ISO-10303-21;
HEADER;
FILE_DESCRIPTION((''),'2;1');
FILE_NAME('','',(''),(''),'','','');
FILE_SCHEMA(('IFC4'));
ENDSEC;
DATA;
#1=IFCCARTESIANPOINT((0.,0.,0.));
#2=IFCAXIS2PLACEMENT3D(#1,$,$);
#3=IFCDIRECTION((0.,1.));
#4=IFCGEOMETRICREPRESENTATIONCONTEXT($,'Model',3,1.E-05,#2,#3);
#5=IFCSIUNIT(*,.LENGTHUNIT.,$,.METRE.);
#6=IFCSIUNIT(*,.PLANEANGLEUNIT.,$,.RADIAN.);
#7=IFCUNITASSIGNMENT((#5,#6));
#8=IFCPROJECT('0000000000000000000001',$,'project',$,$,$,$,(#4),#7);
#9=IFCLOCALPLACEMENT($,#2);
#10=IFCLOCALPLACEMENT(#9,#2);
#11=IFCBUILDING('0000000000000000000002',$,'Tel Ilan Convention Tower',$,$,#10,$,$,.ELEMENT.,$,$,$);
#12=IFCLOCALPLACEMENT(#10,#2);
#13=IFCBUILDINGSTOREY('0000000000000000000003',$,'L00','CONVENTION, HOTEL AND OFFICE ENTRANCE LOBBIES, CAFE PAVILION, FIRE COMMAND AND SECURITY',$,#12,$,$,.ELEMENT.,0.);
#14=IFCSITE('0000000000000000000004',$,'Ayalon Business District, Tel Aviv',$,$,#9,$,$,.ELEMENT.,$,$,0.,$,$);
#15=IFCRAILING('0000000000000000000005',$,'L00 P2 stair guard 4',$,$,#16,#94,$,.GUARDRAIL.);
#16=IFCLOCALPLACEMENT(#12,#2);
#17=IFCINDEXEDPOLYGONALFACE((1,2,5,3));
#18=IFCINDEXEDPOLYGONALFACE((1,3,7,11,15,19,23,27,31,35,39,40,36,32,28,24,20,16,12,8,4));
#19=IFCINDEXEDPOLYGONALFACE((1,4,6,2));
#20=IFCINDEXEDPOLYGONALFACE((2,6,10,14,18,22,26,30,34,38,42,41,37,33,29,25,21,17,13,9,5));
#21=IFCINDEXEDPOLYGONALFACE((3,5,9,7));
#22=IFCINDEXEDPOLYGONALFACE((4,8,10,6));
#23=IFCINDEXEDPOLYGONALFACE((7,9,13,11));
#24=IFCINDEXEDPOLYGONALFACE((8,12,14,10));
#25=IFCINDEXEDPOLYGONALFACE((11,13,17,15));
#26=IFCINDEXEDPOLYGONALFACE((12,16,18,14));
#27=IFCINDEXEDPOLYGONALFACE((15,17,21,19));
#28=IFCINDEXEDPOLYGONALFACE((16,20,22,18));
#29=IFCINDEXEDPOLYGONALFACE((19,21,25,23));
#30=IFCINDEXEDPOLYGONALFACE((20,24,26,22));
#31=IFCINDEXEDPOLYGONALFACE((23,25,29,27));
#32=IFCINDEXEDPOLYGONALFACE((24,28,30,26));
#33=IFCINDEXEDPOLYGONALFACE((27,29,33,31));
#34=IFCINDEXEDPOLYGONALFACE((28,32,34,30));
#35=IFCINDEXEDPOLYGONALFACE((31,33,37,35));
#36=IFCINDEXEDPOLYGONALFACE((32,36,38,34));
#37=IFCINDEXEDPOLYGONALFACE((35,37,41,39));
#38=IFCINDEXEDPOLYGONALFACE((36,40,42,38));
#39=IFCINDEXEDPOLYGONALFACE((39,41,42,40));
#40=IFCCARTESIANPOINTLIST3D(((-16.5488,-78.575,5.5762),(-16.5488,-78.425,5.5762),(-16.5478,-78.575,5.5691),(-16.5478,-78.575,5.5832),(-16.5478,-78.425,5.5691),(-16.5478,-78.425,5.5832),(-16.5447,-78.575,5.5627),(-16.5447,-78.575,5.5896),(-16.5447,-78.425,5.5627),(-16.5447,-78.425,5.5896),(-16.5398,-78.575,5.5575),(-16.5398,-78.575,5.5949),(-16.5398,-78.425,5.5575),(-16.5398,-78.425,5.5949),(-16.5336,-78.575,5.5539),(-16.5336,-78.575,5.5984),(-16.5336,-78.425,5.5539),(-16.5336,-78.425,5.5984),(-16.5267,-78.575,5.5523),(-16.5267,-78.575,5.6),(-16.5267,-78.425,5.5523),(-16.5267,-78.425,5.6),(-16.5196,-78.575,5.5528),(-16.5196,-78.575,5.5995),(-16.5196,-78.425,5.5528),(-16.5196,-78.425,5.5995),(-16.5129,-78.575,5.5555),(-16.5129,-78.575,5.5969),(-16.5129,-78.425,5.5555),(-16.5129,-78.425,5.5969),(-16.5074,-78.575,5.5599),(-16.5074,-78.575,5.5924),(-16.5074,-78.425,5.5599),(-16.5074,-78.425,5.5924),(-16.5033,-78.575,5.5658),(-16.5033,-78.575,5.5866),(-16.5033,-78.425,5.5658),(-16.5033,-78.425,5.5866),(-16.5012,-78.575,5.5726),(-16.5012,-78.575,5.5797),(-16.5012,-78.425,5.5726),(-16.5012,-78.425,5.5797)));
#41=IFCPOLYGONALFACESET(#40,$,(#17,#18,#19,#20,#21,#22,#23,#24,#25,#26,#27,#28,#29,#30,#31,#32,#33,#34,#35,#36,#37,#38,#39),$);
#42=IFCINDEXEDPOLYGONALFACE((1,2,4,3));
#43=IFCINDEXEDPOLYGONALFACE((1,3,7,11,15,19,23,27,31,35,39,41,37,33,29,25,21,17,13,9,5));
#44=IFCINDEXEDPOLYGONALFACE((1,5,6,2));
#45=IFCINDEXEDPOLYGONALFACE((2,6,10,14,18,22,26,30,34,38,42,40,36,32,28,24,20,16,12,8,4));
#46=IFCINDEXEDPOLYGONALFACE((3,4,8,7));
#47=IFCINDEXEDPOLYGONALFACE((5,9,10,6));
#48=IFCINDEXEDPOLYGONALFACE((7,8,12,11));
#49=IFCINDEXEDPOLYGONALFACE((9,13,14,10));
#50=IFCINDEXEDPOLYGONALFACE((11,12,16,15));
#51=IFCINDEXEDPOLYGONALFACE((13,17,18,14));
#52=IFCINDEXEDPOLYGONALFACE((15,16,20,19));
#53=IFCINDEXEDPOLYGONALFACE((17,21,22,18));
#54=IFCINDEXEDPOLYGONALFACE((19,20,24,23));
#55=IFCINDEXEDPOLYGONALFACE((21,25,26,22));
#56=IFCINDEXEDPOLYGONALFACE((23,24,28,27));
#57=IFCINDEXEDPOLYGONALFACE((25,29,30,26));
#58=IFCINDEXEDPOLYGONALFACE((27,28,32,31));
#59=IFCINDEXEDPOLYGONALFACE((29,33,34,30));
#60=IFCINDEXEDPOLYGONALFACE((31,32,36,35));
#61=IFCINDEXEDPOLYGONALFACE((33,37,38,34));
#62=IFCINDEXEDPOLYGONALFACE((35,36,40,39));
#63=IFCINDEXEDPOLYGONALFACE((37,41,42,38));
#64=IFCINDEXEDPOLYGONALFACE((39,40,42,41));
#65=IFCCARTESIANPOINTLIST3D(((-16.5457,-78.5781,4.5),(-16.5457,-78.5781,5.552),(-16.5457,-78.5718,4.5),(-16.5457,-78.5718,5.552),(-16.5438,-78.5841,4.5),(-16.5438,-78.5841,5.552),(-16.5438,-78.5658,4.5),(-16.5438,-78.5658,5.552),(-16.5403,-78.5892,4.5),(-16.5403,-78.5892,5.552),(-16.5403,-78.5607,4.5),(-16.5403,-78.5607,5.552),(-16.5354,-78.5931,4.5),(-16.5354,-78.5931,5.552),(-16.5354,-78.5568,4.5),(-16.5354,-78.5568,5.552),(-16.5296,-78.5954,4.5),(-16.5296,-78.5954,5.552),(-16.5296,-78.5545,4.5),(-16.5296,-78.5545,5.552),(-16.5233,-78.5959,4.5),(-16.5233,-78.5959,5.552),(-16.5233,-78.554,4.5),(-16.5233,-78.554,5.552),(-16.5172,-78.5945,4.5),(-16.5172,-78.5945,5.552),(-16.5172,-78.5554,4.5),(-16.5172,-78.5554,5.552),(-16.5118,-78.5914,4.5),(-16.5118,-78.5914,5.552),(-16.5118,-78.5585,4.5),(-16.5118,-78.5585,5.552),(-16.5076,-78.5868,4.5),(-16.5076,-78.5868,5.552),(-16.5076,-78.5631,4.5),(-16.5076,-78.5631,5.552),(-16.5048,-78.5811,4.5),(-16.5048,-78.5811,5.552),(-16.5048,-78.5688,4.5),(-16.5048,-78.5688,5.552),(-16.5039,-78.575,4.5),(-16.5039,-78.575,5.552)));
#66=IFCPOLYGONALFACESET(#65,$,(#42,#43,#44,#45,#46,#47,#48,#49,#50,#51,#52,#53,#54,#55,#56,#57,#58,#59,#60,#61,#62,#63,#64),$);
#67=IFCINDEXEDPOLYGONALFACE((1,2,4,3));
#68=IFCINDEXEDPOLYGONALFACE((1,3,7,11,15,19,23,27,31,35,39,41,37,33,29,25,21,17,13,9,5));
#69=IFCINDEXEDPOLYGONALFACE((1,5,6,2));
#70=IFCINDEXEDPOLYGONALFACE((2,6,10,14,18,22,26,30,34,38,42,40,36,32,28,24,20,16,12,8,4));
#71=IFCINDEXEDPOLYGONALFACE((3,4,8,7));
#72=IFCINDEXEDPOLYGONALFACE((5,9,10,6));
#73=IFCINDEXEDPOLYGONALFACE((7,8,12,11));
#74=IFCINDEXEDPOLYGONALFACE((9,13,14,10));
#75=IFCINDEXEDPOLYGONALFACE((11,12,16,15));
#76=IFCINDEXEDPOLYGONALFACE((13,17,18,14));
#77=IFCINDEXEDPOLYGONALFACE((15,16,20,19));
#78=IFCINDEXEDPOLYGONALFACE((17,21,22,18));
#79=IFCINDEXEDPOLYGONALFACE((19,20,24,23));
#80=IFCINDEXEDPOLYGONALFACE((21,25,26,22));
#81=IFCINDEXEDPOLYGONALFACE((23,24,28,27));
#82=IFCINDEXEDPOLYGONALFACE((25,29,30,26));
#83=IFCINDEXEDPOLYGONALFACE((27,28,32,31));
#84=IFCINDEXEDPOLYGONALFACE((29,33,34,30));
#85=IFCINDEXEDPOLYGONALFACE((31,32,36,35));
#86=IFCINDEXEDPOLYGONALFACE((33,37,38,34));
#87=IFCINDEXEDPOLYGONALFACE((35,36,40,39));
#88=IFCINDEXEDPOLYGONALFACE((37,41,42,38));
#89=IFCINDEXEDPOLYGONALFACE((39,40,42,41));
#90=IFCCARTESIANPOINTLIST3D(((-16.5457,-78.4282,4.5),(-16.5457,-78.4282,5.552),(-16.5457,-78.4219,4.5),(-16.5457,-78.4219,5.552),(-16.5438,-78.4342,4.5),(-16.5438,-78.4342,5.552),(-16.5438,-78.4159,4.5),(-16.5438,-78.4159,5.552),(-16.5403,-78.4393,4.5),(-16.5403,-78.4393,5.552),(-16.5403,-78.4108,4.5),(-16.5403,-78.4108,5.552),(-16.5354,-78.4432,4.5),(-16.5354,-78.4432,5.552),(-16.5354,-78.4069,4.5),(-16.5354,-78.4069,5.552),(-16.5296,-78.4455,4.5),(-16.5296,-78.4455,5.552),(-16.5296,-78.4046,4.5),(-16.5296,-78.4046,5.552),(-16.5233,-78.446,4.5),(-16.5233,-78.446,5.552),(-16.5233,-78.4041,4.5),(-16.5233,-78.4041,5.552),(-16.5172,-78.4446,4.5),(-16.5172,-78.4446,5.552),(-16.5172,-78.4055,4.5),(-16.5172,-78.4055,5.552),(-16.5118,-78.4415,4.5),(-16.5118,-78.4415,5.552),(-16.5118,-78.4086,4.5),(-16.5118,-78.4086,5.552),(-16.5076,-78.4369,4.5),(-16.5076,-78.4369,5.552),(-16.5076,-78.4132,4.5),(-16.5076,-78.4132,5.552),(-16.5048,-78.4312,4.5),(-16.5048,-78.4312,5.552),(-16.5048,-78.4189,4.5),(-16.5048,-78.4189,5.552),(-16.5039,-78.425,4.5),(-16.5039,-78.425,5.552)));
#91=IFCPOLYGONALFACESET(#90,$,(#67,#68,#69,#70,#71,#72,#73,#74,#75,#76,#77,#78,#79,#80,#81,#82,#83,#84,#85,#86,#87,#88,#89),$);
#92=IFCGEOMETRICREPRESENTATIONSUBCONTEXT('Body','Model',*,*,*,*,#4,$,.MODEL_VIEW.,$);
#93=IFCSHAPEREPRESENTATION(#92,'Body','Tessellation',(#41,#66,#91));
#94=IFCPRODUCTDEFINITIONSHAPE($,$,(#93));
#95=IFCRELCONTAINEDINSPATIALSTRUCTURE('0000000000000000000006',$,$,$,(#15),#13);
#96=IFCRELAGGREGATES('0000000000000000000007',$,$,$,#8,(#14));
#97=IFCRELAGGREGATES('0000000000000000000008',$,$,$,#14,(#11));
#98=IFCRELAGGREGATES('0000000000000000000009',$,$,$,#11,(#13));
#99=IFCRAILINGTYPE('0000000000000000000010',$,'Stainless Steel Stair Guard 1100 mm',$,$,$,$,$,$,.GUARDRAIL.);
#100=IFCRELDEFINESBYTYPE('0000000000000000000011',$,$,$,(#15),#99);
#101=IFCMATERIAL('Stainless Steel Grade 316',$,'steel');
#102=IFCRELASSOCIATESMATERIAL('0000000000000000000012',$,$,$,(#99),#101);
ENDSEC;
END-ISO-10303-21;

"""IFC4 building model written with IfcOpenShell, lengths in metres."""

from ifc_helpers import new_model, si_unit, direction, frame, origin, origin_2d, place, context, subcontext, project, spatial, circle, extrude, material, type_object, element, save


model = new_model("IFC4")

# Units and contexts
model_context = context("Model", 3, precision=1e-05, world=origin(), true_north=direction((0.0, 1.0)))
body_context = subcontext(model_context, "Body", "Model", "MODEL_VIEW")
ifc_project = project(units=[si_unit("LENGTHUNIT", "METRE"), si_unit("PLANEANGLEUNIT", "RADIAN")], contexts=[model_context])

# Site, building, storey
site_placement = place(None, origin())
site = spatial("IfcSite", under=ifc_project, at=site_placement, Name="Ayalon Business District, Tel Aviv", CompositionType="ELEMENT", RefElevation=0.0)
building_placement = place(site_placement, origin())
building = spatial("IfcBuilding", under=site, at=building_placement, Name="Tel Ilan Convention Tower", CompositionType="ELEMENT")
storey_placement = place(building_placement, origin())
storey = spatial("IfcBuildingStorey", under=building, at=storey_placement, Name="L00", Description="CONVENTION, HOTEL AND OFFICE ENTRANCE LOBBIES, CAFE PAVILION, FIRE COMMAND AND SECURITY", CompositionType="ELEMENT", Elevation=0.0)

# Railing
ifc_material_1 = material(Name="Stainless Steel Grade 316", Category="steel")
railing_type_1 = type_object("IfcRailingType", Name="Stainless Steel Stair Guard 1100 mm", PredefinedType="GUARDRAIL", material=ifc_material_1)
railing_1_placement = place(storey_placement, frame((-16.5249, -78.575, 4.5)))
element("IfcRailing", 1, at=railing_1_placement, inside=storey, type_object=railing_type_1, Name="L00 P2 stair guard 4", PredefinedType="GUARDRAIL", context=body_context, shape_type="SweptSolid", body=[
    extrude(circle(Radius=0.0239, at=origin_2d()), frame((0.0, 0.0, 1.0762), z_axis=(0.0, 1.0, 0.0), x_axis=(-1.0, 0.0, 0.0)), (0.0, 0.0, 1.0), 0.1499),
    extrude(circle(Radius=0.021, at=origin_2d()), origin(), (0.0, 0.0, 1.0), 1.052),
    extrude(circle(Radius=0.021, at=origin_2d()), frame((0.0, 0.1499, 0.0)), (0.0, 0.0, 1.0), 1.052),
])

save(model, "model.ifc")
